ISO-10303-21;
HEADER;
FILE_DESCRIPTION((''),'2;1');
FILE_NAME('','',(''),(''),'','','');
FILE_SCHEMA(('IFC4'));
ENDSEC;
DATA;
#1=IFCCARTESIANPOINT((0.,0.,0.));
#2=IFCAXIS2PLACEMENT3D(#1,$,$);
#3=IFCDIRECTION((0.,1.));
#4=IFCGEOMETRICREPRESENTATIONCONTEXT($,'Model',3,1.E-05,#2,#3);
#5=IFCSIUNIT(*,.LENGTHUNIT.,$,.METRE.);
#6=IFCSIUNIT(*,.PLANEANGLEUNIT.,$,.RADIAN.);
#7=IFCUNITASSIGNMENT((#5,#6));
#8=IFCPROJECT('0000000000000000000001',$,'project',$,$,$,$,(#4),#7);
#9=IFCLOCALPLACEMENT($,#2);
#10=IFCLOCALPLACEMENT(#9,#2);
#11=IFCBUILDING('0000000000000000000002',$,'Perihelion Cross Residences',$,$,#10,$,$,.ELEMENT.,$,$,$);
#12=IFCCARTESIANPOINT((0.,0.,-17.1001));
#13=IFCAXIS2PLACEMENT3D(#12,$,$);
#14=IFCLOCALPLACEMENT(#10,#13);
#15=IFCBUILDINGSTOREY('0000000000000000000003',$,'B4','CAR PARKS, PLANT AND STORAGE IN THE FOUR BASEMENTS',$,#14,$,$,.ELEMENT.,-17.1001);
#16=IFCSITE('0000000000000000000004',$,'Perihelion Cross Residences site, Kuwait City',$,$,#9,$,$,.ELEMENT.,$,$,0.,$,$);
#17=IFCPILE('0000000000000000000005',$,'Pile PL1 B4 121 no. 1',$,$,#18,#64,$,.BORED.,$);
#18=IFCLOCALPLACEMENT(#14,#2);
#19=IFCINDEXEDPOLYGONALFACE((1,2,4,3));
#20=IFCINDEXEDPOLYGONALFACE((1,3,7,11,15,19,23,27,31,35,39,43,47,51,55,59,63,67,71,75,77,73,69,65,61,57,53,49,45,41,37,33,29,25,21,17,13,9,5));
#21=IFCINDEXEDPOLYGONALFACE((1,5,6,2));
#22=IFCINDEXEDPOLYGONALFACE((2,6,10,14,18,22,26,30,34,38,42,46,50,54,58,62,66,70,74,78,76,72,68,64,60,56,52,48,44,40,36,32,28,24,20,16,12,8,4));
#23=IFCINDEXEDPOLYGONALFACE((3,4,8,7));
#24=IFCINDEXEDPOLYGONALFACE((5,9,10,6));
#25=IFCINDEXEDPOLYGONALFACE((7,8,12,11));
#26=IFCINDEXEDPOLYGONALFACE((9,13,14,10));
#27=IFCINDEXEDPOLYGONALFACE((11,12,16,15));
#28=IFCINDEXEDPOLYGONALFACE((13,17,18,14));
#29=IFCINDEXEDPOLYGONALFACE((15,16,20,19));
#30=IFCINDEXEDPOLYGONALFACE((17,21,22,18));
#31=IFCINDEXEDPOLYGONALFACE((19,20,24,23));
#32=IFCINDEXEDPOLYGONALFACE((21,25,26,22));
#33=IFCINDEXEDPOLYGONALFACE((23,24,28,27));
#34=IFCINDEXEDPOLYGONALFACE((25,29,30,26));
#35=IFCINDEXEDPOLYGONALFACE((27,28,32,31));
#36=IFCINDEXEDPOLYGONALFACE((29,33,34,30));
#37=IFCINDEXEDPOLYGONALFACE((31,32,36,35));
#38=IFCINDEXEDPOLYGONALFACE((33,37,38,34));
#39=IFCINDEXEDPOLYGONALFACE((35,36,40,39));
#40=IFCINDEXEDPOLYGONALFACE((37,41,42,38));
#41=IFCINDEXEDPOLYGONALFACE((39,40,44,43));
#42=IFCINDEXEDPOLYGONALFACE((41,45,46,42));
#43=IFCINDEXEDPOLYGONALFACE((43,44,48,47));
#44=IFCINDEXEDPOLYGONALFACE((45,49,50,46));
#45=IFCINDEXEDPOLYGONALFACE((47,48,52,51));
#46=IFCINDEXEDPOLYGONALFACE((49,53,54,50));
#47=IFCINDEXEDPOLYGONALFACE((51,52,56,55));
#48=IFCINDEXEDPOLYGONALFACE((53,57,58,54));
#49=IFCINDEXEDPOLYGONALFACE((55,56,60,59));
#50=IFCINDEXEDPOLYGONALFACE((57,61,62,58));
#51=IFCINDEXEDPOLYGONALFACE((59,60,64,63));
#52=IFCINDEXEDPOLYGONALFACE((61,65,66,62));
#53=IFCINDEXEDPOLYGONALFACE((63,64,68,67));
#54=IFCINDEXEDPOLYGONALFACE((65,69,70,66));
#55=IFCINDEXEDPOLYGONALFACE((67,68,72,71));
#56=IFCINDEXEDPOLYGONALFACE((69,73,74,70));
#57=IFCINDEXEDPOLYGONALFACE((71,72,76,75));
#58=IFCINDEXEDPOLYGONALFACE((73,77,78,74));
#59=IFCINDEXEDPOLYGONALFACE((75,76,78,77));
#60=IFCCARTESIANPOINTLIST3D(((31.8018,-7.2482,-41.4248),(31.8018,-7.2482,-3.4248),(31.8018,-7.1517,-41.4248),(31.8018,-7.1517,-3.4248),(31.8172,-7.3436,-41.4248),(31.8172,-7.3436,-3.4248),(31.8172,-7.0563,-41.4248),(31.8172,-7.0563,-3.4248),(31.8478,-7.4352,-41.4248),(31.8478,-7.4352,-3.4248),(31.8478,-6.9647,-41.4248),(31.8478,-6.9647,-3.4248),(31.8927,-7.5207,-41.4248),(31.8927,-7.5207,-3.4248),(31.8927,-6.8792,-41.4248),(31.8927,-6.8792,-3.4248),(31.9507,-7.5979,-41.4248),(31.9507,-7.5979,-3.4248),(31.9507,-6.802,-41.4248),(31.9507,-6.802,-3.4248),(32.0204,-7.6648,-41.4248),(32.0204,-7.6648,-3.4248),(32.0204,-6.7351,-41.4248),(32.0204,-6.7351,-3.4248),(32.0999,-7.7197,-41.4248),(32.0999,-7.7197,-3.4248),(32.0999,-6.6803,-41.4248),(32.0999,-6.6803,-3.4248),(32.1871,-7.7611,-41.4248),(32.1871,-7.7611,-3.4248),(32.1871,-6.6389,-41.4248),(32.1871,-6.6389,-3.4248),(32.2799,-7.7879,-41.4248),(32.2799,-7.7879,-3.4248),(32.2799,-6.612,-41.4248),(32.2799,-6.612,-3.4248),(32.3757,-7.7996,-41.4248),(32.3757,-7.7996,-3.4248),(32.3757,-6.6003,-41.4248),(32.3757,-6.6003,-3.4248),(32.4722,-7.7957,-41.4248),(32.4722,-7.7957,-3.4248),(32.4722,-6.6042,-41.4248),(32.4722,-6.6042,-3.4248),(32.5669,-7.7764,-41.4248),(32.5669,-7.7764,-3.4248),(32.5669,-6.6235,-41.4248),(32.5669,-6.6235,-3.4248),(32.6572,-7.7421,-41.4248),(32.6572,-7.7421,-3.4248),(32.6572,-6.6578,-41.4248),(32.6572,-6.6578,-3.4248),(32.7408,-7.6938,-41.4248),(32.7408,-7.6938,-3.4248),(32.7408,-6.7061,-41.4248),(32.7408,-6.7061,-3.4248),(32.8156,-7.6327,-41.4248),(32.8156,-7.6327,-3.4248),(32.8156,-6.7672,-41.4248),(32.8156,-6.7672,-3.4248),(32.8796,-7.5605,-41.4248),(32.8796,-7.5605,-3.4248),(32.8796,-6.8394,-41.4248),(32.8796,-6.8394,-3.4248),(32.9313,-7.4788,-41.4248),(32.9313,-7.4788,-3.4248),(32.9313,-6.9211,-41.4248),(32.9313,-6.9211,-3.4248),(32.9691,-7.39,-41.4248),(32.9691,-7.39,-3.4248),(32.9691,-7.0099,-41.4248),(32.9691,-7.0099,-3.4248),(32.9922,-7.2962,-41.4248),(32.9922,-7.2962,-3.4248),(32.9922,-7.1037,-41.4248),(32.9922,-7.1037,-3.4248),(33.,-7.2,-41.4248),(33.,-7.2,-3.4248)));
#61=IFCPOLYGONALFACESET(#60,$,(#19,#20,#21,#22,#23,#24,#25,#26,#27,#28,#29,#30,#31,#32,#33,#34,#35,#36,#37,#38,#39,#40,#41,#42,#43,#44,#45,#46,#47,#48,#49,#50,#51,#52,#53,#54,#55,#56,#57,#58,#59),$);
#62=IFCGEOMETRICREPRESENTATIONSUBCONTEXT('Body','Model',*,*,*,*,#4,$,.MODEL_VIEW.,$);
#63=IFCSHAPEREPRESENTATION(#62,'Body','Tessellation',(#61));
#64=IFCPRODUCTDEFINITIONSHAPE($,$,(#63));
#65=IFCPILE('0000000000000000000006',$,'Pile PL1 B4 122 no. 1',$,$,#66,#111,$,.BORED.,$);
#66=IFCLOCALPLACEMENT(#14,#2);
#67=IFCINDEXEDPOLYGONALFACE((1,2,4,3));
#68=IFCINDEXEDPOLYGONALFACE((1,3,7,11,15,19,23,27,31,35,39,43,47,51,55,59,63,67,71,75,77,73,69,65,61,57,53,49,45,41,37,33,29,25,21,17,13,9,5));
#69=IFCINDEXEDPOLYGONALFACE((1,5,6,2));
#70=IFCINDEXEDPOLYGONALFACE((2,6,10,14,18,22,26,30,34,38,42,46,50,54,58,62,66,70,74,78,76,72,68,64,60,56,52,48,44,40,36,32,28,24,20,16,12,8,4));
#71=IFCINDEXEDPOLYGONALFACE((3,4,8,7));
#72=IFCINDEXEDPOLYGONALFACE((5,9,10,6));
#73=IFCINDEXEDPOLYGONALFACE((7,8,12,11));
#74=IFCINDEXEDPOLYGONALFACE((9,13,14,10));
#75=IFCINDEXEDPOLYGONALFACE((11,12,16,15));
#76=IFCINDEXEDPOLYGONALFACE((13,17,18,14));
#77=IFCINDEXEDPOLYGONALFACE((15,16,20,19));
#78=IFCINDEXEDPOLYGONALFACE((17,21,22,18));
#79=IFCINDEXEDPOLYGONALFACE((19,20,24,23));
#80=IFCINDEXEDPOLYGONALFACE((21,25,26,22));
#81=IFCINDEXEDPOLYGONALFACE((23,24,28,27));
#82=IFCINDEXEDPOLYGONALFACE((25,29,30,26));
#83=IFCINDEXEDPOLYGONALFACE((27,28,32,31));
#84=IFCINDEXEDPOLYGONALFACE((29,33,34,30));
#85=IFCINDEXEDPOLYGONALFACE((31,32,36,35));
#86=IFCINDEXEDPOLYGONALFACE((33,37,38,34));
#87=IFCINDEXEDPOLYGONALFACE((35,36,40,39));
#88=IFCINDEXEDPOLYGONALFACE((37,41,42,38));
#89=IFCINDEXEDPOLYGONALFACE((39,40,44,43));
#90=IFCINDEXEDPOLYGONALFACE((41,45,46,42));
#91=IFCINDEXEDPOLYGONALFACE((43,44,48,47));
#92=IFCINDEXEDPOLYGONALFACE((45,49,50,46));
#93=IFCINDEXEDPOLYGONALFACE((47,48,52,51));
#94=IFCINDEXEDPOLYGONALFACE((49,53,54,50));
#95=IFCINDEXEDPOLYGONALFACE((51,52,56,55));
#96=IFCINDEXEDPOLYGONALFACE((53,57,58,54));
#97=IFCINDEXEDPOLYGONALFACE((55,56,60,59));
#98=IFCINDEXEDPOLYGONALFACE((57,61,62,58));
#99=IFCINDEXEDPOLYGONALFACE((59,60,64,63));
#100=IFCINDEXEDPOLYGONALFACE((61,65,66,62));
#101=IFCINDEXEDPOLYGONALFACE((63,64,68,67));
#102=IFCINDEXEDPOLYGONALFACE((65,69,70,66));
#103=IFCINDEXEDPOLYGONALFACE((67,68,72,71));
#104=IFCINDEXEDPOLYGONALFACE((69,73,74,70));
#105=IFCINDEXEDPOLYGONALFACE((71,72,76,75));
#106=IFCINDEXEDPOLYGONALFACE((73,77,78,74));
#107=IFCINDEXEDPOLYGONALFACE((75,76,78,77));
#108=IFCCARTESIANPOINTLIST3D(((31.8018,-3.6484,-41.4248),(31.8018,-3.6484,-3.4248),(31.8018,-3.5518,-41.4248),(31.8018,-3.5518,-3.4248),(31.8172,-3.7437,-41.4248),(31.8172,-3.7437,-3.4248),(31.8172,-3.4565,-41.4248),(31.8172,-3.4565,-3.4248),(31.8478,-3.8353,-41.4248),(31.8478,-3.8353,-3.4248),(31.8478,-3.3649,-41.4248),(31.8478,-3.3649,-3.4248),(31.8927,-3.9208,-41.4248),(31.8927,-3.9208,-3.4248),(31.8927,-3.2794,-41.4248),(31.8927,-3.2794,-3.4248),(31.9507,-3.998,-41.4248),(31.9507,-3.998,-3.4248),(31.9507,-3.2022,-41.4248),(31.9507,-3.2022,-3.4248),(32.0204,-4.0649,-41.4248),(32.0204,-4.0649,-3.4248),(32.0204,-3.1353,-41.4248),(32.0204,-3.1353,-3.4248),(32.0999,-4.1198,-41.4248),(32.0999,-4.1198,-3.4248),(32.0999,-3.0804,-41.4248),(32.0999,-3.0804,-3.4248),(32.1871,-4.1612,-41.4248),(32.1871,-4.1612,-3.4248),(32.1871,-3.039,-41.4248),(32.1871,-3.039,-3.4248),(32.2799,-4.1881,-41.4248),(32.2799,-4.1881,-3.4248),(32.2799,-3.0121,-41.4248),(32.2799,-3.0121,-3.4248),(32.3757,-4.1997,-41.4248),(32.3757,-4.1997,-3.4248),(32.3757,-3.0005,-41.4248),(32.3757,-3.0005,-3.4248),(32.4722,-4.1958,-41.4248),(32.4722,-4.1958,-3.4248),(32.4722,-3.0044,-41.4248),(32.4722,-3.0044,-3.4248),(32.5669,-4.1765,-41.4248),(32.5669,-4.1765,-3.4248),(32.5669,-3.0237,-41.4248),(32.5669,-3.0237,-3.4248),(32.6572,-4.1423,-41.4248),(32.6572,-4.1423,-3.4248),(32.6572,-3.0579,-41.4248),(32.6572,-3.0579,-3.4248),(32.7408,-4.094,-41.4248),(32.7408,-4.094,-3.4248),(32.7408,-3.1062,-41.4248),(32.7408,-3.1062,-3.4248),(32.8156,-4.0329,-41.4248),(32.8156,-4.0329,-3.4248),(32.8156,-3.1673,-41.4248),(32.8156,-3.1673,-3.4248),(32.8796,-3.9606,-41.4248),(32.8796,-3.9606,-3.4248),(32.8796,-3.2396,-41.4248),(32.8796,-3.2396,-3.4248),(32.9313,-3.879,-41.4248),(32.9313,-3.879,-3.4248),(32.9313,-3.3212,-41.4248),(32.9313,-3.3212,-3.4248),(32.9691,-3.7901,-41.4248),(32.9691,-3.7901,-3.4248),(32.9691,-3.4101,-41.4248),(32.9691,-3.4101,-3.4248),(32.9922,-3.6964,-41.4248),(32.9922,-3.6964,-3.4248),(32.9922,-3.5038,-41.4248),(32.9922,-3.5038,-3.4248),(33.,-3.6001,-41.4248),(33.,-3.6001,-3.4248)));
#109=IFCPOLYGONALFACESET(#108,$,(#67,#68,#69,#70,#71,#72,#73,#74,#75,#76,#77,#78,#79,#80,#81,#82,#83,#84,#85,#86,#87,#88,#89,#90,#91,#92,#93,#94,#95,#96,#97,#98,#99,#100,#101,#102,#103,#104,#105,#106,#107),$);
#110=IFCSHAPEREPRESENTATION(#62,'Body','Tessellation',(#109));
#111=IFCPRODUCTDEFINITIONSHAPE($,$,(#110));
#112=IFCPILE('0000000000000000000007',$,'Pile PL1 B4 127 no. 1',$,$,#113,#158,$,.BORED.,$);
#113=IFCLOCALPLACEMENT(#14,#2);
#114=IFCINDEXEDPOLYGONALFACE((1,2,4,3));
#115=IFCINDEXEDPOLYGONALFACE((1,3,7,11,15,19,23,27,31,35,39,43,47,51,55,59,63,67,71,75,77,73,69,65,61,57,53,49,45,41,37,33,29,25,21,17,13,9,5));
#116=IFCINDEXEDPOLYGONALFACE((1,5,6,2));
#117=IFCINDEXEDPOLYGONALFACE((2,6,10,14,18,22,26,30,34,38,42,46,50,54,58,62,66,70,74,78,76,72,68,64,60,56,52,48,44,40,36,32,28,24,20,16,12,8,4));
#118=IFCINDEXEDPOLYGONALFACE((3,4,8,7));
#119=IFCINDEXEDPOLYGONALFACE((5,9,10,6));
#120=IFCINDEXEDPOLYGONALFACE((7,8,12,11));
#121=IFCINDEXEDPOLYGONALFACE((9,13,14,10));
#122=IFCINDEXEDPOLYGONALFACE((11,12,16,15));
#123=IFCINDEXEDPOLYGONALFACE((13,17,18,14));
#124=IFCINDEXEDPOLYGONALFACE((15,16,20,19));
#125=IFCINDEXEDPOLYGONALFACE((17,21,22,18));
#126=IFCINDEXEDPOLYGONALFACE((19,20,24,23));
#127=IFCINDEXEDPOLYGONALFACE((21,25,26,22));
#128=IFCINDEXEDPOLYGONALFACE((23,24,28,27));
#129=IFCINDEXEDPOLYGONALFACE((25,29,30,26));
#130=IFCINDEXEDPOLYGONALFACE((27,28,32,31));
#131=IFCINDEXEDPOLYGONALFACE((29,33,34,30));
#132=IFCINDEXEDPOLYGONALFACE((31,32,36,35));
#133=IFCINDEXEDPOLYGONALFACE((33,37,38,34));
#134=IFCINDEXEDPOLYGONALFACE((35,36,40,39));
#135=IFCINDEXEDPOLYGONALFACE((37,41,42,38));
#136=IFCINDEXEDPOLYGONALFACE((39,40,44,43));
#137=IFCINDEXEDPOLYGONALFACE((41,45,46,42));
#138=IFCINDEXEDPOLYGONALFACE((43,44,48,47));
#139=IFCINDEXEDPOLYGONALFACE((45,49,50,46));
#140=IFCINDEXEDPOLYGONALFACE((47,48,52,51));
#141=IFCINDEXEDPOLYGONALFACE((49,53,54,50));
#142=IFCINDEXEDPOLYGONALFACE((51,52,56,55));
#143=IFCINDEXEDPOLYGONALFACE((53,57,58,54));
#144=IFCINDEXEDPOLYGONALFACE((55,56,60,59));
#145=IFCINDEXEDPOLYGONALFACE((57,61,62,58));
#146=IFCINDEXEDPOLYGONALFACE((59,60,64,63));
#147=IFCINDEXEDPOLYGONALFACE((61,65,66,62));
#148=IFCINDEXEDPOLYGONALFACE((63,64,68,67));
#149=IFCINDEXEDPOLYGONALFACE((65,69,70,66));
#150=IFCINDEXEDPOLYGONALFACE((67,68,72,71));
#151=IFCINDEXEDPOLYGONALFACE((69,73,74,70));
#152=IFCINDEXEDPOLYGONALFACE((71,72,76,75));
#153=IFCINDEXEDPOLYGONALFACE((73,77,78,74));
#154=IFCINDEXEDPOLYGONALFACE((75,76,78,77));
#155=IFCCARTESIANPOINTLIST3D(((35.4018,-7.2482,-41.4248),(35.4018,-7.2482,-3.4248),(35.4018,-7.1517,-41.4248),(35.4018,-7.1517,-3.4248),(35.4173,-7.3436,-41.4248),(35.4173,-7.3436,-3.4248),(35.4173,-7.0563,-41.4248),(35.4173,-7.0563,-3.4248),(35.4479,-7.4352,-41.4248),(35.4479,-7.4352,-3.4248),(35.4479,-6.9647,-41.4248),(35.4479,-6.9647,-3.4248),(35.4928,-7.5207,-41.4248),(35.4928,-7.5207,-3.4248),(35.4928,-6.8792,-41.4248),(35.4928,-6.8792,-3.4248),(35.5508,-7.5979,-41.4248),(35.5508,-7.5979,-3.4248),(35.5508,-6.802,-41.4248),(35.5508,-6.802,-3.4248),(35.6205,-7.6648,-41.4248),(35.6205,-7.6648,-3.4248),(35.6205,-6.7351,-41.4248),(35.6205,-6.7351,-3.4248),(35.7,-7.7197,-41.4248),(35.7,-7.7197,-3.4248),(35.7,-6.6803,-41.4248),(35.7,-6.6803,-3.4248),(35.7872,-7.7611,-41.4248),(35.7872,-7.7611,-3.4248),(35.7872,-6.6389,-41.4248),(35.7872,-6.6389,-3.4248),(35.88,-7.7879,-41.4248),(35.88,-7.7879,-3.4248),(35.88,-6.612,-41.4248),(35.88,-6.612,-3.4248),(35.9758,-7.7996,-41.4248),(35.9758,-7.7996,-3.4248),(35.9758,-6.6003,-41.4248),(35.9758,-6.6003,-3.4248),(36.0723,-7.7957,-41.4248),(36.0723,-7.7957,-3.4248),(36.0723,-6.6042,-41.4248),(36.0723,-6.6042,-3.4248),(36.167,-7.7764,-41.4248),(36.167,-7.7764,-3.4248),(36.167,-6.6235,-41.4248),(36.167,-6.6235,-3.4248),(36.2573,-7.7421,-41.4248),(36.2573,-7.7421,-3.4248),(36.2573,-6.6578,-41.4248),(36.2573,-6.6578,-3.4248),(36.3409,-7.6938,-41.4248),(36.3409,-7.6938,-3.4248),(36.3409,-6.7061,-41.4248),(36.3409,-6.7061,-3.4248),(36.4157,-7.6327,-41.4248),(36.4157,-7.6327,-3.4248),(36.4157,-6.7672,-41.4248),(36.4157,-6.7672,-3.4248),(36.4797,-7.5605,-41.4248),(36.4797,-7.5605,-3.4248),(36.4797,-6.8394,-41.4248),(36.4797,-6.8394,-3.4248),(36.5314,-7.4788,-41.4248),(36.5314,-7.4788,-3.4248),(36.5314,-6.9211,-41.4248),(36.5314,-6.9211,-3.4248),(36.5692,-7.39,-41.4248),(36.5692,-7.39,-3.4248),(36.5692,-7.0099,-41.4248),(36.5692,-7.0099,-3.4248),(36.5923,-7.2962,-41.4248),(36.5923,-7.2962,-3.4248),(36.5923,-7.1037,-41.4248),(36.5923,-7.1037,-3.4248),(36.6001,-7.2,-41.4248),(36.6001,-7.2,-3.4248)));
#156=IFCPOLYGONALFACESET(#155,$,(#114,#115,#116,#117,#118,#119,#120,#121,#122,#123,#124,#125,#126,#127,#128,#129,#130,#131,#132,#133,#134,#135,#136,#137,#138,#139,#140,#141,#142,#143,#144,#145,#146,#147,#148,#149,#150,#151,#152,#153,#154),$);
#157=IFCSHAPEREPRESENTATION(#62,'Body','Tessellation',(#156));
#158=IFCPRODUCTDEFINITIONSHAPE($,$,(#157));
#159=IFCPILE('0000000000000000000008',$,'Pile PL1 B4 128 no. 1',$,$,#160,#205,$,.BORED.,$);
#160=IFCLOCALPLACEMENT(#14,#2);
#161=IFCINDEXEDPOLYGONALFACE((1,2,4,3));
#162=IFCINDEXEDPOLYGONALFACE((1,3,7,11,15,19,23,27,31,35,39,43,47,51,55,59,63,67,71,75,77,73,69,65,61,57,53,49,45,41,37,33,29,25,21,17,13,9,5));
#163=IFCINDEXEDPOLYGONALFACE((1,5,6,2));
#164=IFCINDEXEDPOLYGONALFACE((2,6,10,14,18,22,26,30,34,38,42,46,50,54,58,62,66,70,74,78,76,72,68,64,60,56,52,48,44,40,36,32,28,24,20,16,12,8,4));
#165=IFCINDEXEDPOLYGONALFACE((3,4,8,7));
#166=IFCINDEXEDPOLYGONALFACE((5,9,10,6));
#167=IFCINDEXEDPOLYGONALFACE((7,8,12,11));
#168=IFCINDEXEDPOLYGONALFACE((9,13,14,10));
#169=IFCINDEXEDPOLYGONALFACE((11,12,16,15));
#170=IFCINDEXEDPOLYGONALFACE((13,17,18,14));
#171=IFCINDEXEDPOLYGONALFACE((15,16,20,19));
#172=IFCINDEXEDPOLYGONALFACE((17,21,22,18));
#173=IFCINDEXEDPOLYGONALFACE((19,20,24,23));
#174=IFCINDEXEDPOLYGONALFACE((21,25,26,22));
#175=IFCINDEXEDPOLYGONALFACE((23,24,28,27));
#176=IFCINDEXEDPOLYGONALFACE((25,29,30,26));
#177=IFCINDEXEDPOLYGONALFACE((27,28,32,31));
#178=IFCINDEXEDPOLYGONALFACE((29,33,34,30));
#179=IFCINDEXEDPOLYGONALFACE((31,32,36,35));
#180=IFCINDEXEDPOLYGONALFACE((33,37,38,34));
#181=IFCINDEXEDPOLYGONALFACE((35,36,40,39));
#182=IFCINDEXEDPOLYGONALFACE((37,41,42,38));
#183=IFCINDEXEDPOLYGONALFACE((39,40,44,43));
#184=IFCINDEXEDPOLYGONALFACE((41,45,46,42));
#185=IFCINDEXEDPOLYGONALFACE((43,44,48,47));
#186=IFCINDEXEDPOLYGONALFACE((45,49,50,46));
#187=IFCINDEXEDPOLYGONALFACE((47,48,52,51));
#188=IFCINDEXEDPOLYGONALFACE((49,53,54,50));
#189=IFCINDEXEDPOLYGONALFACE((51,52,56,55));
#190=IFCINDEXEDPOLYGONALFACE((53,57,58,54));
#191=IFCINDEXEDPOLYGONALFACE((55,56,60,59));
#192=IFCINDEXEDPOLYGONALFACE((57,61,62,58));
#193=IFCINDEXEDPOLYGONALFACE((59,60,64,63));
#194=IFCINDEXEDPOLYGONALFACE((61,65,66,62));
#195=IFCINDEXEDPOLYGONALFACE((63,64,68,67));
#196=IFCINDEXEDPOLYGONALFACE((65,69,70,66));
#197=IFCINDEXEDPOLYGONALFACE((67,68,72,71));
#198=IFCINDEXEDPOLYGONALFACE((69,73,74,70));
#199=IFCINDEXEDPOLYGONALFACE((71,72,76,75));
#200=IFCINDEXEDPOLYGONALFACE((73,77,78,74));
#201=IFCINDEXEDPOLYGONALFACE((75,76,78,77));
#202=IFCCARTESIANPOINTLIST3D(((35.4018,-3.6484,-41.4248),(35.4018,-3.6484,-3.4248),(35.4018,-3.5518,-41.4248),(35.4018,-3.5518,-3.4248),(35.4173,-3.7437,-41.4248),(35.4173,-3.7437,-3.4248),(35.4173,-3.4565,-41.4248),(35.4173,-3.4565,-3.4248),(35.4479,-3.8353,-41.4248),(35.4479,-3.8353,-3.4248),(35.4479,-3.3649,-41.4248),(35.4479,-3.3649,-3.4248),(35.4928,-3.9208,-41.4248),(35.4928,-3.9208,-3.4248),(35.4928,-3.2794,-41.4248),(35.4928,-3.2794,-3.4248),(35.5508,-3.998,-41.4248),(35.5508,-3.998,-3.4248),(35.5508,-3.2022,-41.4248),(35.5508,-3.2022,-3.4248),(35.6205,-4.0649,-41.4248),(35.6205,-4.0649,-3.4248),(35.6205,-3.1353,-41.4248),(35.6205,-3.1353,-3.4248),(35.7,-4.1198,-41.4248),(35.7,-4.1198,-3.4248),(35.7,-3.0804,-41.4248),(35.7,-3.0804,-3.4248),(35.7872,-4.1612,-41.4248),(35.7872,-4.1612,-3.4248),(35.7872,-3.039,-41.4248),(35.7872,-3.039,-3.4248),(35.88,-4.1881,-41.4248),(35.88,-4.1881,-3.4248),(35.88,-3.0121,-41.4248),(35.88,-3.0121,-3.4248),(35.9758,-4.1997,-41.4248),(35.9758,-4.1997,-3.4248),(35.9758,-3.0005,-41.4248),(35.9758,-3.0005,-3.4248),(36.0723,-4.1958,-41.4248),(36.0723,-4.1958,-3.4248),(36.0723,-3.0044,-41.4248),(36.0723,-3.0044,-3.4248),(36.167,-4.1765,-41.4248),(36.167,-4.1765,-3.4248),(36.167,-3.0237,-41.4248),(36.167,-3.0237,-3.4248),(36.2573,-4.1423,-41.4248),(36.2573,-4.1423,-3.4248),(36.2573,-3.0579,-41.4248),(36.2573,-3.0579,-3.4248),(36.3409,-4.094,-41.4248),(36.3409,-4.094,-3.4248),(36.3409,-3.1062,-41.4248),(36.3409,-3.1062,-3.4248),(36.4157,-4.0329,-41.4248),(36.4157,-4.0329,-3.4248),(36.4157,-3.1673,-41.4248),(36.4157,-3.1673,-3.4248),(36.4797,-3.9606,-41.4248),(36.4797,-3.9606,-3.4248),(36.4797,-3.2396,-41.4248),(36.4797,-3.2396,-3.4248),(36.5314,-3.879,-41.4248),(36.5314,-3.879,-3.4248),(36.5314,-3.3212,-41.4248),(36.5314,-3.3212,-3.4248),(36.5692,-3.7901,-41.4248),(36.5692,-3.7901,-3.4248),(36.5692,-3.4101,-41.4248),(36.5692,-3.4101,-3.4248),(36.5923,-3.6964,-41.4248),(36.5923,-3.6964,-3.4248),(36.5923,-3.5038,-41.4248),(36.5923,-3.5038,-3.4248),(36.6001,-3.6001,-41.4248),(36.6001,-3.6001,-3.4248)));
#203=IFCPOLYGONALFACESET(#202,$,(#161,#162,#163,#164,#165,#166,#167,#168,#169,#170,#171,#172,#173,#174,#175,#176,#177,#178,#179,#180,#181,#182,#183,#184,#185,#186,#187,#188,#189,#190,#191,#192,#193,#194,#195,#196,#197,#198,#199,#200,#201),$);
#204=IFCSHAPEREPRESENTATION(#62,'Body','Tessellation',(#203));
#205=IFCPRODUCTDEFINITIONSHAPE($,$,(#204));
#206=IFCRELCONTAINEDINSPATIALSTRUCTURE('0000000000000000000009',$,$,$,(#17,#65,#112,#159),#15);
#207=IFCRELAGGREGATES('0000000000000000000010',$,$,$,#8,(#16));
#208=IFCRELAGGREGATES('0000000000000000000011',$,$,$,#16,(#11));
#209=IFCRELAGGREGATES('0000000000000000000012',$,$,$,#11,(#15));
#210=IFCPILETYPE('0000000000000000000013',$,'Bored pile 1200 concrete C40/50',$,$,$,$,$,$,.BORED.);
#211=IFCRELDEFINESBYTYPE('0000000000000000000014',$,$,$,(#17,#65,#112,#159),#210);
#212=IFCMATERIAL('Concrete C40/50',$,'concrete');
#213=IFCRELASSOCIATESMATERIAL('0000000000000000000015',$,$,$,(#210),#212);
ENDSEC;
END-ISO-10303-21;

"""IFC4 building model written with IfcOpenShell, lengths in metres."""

from ifc_helpers import new_model, si_unit, direction, frame, origin, origin_2d, place, context, subcontext, project, spatial, circle, extrude, material, type_object, element, save


model = new_model("IFC4")

# Units and contexts
model_context = context("Model", 3, precision=1e-05, world=origin(), true_north=direction((0.0, 1.0)))
body_context = subcontext(model_context, "Body", "Model", "MODEL_VIEW")
ifc_project = project(units=[si_unit("LENGTHUNIT", "METRE"), si_unit("PLANEANGLEUNIT", "RADIAN")], contexts=[model_context])

# Site, building, storey
site_placement = place(None, origin())
site = spatial("IfcSite", under=ifc_project, at=site_placement, Name="Perihelion Cross Residences site, Kuwait City", CompositionType="ELEMENT", RefElevation=0.0)
building_placement = place(site_placement, origin())
building = spatial("IfcBuilding", under=site, at=building_placement, Name="Perihelion Cross Residences", CompositionType="ELEMENT")
storey_placement = place(building_placement, frame((0.0, 0.0, -17.1001)))
storey = spatial("IfcBuildingStorey", under=building, at=storey_placement, Name="B4", Description="CAR PARKS, PLANT AND STORAGE IN THE FOUR BASEMENTS", CompositionType="ELEMENT", Elevation=-17.1001)

# Piles
ifc_material_1 = material(Name="Concrete C40/50", Category="concrete")
pile_type = type_object("IfcPileType", Name="Bored pile 1200 concrete C40/50", PredefinedType="BORED", material=ifc_material_1)
for number, where, z_axis, x_axis, name in (
    (1, (32.3999, -7.2, -3.4248), (0.0, 0.0, -1.0), (1.0, 0.0, 0.0), "Pile PL1 B4 121 no. 1"),
    (2, (32.3999, -3.6001, -3.4248), (0.0, 0.0, -1.0), (1.0, 0.0, 0.0), "Pile PL1 B4 122 no. 1"),
    (3, (36.0, -7.2, -3.4248), (0.0, 0.0, -1.0), (1.0, 0.0, 0.0), "Pile PL1 B4 127 no. 1"),
    (4, (36.0, -3.6001, -3.4248), (0.0, 0.0, -1.0), (1.0, 0.0, 0.0), "Pile PL1 B4 128 no. 1"),
):
    element("IfcPile", number, at=place(storey_placement, frame(where, z_axis=z_axis, x_axis=x_axis)), inside=storey, type_object=pile_type, Name=name, PredefinedType="BORED", context=body_context, shape_type="SweptSolid", body=[
        extrude(circle(Radius=0.6001, at=origin_2d()), origin(), (0.0, 0.0, 1.0), 38.0),
    ])

save(model, "model.ifc")
